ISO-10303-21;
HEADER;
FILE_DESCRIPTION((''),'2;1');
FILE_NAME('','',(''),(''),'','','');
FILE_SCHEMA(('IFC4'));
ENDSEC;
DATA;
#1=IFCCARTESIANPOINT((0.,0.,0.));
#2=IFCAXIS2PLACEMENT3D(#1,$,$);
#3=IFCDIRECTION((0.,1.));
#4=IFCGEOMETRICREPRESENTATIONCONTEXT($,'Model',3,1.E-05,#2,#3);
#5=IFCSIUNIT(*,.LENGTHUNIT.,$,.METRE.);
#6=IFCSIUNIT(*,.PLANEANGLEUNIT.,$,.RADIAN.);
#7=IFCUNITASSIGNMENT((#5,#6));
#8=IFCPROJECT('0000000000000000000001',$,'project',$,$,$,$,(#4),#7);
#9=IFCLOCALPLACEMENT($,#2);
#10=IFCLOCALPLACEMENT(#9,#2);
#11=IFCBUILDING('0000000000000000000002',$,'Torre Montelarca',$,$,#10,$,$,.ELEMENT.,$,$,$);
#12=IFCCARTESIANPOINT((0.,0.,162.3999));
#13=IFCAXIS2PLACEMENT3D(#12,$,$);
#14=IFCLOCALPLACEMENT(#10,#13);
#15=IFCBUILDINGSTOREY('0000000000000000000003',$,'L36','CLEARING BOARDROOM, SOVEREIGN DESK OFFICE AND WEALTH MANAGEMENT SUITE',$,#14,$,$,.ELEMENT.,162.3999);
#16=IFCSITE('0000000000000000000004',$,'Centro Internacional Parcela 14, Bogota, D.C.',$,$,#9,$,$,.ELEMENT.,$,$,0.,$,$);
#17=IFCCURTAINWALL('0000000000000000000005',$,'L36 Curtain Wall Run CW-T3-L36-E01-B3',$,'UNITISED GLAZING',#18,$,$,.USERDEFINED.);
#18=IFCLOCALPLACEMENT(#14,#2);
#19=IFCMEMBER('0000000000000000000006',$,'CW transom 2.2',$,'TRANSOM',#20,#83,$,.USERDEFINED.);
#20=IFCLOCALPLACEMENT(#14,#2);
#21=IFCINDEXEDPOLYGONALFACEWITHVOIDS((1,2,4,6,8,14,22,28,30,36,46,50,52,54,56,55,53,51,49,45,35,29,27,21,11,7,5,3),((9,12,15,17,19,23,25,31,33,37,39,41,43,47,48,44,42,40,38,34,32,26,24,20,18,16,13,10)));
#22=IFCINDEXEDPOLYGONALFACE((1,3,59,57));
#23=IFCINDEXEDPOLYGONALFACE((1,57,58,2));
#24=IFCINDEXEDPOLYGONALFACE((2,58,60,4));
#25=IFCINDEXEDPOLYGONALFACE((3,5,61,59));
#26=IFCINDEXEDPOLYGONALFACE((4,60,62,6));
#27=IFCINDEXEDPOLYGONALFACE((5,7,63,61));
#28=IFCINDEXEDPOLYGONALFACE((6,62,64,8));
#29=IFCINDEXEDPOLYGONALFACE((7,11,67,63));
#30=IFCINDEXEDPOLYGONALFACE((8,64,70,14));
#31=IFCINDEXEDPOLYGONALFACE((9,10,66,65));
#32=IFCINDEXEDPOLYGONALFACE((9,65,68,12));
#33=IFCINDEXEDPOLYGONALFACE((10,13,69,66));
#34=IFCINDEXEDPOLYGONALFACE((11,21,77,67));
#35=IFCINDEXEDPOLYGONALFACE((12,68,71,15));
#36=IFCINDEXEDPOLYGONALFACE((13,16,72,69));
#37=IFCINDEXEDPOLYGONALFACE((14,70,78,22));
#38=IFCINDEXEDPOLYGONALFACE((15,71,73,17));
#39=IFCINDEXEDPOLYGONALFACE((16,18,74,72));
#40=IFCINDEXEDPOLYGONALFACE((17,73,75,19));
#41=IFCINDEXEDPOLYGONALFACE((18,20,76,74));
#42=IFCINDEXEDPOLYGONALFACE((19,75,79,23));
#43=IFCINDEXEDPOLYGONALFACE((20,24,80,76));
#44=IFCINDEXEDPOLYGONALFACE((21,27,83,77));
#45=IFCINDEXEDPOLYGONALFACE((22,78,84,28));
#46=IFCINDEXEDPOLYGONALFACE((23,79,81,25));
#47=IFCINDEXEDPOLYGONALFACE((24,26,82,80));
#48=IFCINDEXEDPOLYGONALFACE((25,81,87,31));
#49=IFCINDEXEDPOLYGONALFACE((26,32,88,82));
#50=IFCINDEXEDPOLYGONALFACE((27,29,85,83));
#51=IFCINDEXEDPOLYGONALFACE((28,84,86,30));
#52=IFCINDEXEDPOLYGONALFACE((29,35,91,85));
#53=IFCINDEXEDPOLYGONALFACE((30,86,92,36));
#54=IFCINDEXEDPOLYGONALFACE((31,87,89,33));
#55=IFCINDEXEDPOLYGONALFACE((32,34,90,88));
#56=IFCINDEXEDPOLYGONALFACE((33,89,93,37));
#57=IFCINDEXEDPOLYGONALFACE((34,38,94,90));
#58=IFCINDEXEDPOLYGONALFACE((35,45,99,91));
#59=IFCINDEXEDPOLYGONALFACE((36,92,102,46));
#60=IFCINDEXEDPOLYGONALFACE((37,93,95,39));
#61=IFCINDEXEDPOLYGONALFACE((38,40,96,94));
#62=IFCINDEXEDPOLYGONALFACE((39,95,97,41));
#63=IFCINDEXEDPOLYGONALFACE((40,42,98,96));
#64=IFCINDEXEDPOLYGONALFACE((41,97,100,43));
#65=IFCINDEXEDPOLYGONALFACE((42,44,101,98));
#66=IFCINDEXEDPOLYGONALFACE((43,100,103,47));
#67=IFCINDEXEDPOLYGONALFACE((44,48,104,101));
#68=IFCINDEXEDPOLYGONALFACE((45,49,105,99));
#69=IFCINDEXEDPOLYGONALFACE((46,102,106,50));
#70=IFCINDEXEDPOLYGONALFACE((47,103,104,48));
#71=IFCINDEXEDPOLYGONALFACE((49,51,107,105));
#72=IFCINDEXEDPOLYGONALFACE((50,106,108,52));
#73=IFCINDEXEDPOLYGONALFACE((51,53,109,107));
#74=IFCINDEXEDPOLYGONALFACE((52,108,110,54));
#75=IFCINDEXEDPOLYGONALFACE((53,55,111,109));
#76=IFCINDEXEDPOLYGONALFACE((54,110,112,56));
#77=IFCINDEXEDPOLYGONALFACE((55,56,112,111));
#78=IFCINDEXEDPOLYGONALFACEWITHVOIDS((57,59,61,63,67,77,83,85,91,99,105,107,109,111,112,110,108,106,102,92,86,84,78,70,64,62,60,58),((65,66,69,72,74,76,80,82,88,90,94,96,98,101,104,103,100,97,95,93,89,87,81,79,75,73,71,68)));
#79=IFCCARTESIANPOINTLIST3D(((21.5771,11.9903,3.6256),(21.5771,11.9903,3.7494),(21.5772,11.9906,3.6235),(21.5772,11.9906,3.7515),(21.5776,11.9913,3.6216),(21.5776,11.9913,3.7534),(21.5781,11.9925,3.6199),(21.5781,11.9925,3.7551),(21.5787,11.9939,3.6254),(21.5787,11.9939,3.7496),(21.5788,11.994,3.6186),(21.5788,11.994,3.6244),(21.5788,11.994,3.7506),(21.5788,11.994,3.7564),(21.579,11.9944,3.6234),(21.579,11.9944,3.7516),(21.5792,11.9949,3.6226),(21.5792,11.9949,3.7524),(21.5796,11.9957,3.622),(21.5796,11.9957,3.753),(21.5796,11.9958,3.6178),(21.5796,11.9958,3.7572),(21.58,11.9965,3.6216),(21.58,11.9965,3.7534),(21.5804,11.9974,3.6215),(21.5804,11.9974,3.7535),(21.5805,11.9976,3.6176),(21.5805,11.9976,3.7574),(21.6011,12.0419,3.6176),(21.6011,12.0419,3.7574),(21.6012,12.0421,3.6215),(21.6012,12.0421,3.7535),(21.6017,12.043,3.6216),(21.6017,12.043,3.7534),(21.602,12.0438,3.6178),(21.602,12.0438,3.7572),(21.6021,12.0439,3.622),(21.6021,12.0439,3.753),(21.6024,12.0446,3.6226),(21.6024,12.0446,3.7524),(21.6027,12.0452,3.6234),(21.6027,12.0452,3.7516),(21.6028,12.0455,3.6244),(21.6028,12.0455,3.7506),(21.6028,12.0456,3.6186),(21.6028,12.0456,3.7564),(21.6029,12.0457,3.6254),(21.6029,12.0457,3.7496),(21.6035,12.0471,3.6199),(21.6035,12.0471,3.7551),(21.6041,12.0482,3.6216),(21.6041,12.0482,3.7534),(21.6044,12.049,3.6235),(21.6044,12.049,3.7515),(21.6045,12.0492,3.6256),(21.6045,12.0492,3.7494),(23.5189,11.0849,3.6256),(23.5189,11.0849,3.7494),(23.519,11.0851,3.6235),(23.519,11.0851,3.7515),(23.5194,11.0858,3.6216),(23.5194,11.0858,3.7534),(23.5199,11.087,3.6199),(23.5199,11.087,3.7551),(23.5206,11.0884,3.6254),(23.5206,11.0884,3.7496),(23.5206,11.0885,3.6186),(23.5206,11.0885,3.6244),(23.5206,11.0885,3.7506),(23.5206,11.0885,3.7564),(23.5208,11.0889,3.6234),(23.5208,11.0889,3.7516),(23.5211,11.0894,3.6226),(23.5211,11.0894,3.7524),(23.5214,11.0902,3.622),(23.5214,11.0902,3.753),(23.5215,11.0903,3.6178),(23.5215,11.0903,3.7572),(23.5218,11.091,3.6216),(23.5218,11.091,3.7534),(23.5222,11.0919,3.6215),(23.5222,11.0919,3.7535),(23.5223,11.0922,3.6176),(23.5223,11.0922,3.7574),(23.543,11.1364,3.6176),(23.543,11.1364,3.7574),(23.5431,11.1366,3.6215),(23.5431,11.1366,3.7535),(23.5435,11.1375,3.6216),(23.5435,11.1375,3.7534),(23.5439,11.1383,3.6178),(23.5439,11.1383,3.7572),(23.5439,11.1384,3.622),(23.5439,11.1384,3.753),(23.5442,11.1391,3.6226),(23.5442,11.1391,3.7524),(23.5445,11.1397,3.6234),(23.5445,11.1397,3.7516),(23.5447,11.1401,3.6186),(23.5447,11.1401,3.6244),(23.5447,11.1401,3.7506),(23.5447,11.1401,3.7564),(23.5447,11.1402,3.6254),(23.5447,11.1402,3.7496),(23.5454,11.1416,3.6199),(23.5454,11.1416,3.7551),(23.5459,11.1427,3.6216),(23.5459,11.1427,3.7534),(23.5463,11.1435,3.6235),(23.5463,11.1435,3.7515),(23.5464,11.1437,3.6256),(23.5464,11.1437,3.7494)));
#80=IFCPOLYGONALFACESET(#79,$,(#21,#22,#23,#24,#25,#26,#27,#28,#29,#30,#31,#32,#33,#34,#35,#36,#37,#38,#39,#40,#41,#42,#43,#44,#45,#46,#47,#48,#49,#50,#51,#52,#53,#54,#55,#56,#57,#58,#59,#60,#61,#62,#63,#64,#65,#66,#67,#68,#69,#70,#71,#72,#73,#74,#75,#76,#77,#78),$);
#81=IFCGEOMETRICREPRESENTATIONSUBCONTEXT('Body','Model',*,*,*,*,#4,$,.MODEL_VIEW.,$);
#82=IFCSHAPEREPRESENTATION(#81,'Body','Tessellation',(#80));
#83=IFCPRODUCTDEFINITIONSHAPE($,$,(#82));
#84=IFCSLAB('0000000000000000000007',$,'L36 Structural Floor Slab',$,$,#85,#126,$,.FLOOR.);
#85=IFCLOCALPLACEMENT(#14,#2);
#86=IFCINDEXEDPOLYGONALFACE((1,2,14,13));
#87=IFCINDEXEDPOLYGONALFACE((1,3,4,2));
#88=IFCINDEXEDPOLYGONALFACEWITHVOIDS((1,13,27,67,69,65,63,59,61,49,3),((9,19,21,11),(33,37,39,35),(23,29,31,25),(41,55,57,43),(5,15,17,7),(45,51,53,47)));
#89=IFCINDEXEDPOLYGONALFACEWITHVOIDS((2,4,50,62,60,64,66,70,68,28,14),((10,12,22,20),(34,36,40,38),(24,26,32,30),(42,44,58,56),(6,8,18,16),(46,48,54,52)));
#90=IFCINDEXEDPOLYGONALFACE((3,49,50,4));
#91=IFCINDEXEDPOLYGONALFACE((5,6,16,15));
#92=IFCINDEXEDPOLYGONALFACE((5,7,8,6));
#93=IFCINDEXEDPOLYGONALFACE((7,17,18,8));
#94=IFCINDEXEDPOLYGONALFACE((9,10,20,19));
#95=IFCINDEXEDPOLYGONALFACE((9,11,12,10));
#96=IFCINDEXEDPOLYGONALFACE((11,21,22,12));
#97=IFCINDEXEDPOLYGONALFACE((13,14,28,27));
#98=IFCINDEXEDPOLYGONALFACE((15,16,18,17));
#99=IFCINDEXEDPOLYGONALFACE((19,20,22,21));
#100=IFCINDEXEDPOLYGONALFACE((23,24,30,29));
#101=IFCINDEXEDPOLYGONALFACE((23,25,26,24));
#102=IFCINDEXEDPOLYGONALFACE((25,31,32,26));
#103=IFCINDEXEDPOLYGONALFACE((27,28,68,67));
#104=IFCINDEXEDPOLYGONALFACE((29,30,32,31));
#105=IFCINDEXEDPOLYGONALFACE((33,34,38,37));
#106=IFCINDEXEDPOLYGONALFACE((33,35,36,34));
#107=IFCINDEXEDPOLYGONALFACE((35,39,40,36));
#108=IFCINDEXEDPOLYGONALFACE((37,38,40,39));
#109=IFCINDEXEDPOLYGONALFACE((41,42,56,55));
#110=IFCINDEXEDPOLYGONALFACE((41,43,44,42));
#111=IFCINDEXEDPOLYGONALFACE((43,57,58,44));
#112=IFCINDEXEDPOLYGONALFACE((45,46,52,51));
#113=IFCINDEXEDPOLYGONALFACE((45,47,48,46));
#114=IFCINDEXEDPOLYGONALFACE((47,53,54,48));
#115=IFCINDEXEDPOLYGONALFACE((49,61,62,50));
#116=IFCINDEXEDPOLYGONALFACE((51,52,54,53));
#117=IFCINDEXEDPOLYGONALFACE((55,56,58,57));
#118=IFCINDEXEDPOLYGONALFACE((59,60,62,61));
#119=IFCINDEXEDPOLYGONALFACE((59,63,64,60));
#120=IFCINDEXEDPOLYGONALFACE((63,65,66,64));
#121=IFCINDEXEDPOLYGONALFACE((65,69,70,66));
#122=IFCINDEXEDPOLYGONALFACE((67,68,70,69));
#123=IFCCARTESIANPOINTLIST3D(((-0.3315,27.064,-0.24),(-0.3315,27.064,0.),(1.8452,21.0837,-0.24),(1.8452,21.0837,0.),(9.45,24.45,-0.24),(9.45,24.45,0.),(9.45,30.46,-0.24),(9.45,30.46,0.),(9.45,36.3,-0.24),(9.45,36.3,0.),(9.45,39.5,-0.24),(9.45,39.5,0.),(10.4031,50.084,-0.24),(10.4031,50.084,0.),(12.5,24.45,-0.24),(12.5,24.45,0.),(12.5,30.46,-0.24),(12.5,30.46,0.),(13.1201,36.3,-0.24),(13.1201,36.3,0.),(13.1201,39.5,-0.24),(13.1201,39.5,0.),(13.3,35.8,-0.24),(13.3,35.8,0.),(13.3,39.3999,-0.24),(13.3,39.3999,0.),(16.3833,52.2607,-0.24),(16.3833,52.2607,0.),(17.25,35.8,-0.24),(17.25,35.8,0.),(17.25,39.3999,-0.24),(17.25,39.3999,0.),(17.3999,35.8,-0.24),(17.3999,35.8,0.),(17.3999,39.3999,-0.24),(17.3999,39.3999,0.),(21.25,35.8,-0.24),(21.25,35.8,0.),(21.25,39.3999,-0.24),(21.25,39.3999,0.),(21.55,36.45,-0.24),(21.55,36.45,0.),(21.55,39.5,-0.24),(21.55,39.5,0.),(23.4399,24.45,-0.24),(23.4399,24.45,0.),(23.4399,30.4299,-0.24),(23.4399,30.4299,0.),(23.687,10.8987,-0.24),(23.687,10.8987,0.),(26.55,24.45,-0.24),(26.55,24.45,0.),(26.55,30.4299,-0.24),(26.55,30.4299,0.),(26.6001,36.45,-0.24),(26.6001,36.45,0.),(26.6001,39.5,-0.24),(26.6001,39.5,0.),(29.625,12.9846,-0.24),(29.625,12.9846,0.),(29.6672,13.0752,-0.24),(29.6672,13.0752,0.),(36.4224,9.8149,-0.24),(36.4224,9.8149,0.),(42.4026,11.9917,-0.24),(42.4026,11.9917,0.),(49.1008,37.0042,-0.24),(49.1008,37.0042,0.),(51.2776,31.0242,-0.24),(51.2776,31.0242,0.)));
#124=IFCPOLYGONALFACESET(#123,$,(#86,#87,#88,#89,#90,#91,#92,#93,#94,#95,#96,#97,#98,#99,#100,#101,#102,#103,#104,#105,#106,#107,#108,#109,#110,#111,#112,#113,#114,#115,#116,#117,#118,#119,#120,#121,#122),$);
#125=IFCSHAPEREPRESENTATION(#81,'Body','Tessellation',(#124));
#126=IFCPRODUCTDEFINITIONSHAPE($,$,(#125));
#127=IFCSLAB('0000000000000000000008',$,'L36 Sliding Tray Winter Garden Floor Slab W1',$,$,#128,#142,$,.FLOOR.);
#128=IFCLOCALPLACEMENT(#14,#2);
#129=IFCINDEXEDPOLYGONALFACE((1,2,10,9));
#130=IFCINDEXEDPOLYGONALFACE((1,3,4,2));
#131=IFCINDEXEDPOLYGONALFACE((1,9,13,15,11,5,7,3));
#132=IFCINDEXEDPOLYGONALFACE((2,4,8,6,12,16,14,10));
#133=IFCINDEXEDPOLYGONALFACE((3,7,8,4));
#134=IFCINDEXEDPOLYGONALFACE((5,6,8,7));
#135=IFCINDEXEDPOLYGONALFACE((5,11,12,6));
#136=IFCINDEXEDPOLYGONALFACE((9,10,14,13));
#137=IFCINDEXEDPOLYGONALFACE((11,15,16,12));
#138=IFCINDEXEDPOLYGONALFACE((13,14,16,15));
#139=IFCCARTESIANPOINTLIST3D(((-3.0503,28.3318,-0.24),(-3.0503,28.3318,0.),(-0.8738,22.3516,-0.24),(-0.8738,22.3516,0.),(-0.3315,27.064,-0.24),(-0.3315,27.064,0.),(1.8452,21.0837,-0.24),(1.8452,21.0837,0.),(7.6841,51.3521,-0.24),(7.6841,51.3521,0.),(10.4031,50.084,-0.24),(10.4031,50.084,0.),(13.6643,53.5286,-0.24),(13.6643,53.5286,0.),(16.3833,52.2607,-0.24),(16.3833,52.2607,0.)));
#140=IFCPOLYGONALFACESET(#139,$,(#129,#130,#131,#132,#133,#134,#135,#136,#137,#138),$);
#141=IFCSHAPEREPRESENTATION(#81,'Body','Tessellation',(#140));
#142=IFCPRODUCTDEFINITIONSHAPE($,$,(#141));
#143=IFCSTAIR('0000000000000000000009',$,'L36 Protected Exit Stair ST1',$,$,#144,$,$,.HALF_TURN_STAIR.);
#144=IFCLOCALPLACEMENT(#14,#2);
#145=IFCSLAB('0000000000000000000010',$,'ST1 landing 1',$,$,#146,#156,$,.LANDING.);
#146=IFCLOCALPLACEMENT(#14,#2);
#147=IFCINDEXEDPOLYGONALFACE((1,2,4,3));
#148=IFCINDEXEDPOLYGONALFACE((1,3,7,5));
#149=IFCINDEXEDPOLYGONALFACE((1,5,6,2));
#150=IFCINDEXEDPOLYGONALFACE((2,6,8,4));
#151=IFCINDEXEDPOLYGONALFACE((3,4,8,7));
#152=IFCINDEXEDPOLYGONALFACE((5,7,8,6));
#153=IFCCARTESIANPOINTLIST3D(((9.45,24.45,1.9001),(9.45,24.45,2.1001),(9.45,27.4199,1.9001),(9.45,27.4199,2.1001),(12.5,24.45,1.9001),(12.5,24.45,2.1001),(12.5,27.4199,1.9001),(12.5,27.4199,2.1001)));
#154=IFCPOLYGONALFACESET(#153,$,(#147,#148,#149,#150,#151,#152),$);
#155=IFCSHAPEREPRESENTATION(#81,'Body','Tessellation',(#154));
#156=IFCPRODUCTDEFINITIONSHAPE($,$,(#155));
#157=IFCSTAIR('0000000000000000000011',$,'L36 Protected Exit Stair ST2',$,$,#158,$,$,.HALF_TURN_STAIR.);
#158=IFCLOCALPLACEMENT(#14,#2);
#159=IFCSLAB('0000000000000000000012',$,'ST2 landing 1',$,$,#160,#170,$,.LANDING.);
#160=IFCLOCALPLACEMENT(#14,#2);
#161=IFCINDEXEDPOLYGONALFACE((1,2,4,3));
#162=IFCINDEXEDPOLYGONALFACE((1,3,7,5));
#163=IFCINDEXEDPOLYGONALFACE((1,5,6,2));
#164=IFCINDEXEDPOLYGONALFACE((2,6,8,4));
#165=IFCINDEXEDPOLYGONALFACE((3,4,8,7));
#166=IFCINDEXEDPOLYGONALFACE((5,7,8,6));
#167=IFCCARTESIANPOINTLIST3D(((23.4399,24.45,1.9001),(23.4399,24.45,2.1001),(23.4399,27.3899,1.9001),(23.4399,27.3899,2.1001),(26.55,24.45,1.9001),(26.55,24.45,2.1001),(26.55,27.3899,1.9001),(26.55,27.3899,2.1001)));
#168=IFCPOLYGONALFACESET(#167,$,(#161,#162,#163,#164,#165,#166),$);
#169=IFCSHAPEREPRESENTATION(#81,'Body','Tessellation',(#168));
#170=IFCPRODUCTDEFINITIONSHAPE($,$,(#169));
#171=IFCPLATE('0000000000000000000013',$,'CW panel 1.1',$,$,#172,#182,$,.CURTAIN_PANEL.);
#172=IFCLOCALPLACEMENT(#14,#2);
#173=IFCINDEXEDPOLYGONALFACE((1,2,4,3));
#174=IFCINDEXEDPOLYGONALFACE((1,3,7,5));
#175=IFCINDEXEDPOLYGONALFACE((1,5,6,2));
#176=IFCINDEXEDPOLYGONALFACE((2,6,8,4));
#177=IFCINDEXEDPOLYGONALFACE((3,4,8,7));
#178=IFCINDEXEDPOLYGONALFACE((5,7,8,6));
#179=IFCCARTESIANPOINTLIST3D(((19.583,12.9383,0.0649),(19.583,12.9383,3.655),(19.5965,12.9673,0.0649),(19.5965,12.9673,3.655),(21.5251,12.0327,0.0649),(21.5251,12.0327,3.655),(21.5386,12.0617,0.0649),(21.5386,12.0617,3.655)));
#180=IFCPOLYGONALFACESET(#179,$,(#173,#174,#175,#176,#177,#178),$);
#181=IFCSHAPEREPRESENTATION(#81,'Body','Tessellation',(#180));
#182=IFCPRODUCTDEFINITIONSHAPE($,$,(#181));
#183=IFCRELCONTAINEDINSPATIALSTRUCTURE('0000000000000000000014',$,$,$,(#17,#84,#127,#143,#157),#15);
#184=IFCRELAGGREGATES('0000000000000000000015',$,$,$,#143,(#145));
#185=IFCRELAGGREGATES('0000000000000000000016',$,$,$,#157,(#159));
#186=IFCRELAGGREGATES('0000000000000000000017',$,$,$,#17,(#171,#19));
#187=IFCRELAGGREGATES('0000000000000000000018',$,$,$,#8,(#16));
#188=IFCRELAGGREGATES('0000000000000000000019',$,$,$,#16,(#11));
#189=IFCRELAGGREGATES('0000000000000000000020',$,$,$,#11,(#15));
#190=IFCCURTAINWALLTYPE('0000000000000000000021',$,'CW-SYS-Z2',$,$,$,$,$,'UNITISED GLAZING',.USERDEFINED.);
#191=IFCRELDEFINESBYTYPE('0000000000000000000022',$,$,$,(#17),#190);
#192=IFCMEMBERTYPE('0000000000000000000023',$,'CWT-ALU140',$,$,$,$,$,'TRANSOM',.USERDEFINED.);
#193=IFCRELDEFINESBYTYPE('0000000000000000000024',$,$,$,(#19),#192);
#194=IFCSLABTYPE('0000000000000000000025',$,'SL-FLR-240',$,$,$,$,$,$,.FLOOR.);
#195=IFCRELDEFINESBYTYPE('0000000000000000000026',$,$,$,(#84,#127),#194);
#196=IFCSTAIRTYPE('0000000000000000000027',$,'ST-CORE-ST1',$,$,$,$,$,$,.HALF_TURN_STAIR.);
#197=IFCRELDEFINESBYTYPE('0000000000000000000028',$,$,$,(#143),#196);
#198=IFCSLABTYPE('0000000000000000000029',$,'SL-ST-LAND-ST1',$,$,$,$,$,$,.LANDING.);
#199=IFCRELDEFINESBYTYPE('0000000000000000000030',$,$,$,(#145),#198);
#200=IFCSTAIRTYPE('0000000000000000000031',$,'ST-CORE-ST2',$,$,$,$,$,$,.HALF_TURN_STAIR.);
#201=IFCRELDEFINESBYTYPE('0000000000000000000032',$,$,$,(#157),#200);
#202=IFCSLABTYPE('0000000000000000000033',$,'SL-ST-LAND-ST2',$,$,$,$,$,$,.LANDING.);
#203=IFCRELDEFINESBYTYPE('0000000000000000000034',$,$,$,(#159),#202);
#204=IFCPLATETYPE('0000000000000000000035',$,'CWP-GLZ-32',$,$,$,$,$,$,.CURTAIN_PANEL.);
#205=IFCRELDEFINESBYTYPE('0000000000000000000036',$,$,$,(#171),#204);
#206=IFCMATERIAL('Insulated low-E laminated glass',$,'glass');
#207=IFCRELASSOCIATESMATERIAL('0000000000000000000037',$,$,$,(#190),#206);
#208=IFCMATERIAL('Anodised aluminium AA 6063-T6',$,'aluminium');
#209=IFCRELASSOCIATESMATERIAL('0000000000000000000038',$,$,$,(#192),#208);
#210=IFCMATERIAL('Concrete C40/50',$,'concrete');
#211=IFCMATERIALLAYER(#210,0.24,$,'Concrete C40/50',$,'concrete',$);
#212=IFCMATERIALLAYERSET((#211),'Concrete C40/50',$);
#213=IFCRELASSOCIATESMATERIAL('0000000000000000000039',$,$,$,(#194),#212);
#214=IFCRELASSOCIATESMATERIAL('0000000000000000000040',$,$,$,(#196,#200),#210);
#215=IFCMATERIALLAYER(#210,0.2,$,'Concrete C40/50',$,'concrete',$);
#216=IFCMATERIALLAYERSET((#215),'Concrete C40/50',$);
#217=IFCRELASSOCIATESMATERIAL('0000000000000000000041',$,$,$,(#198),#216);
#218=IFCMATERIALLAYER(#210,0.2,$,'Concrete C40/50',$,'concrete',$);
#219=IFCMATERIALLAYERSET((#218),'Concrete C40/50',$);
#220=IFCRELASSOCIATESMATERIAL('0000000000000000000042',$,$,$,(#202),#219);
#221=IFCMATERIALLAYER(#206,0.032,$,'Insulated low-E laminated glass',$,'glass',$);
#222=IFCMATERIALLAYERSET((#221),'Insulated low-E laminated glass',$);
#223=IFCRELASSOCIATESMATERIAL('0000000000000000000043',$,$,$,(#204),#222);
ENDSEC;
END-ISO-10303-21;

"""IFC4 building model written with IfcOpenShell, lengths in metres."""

from ifc_helpers import new_model, si_unit, direction, frame, origin, origin_2d, place, context, subcontext, project, spatial, polyline, rectangle, hollow_rectangle, outline, extrude, source, transform, mapped, material, layer, layer_set, material_profile, profile_set, type_object, element, aggregate, save


model = new_model("IFC4")

# Units and contexts
model_context = context("Model", 3, precision=1e-05, world=origin(), true_north=direction((0.0, 1.0)))
body_context = subcontext(model_context, "Body", "Model", "MODEL_VIEW")
ifc_project = project(units=[si_unit("LENGTHUNIT", "METRE"), si_unit("PLANEANGLEUNIT", "RADIAN")], contexts=[model_context])

# Site, building, storey
site_placement = place(None, origin())
site = spatial("IfcSite", under=ifc_project, at=site_placement, Name="Centro Internacional Parcela 14, Bogota, D.C.", CompositionType="ELEMENT", RefElevation=0.0)
building_placement = place(site_placement, origin())
building = spatial("IfcBuilding", under=site, at=building_placement, Name="Torre Montelarca", CompositionType="ELEMENT")
storey_placement = place(building_placement, frame((0.0, 0.0, 162.3999)))
storey = spatial("IfcBuildingStorey", under=building, at=storey_placement, Name="L36", Description="CLEARING BOARDROOM, SOVEREIGN DESK OFFICE AND WEALTH MANAGEMENT SUITE", CompositionType="ELEMENT", Elevation=162.3999)

# Curtain wall
ifc_material_1 = material(Name="Insulated low-E laminated glass", Category="glass")
curtain_wall_type = type_object("IfcCurtainWallType", Name="CW-SYS-Z2", ElementType="UNITISED GLAZING", PredefinedType="USERDEFINED", material=ifc_material_1)
ifc_material_2 = material(Name="Anodised aluminium AA 6063-T6", Category="aluminium")
curtain_wall_1_placement = place(storey_placement, origin())
curtain_wall_1 = element("IfcCurtainWall", 1, at=curtain_wall_1_placement, inside=storey, type_object=curtain_wall_type, Name="L36 Curtain Wall Run CW-T3-L36-E01-B3", ObjectType="UNITISED GLAZING", PredefinedType="USERDEFINED")

# Member
ifc_material_profile_1 = material_profile(ifc_material_2, hollow_rectangle(XDim=0.0649, YDim=0.1399, WallThickness=0.0039, InnerFilletRadius=0.0039, OuterFilletRadius=0.0081, at=origin_2d()), Name="ALU65X140X4", Category="aluminium")
ifc_profile_set_1 = profile_set([ifc_material_profile_1], Name="Anodised aluminium AA 6063-T6")
member_type_1 = type_object("IfcMemberType", Name="CWT-ALU140", ElementType="TRANSOM", PredefinedType="USERDEFINED", material=ifc_profile_set_1)
shared_shape_1 = source(origin(), body_context, "Body", "SweptSolid", [
    extrude(hollow_rectangle(XDim=0.0649, YDim=0.1399, WallThickness=0.0039, InnerFilletRadius=0.0039, OuterFilletRadius=0.0081, at=origin_2d()), origin(), (0.0, 0.0, 1.0), 2.1426),
])
member_1_placement = place(storey_placement, frame((21.5908, 12.0198, 3.6875), z_axis=(0.906308, -0.422617, 0.0), x_axis=(0.422617, 0.906308, 0.0)))
member_1 = element("IfcMember", 2, at=member_1_placement, type_object=member_type_1, Name="CW transom 2.2", ObjectType="TRANSOM", PredefinedType="USERDEFINED", context=body_context, shape_type="MappedRepresentation", body=[
    mapped(shared_shape_1, transform((0.0, 0.0, 0.0), scale=1.0)),
])

# Slabs
ifc_material_3 = material(Name="Concrete C40/50", Category="concrete")
ifc_layer_1 = layer(ifc_material_3, 0.24, Name="Concrete C40/50", Category="concrete")
ifc_layer_set_1 = layer_set([ifc_layer_1], Name="Concrete C40/50")
slab_type_1 = type_object("IfcSlabType", Name="SL-FLR-240", PredefinedType="FLOOR", material=ifc_layer_set_1)
slab_1_placement = place(storey_placement, frame((0.0, 0.0, -0.24)))
element("IfcSlab", 3, at=slab_1_placement, inside=storey, type_object=slab_type_1, Name="L36 Structural Floor Slab", PredefinedType="FLOOR", context=body_context, shape_type="SweptSolid", body=[
    extrude(outline(polyline([(23.687, 10.8987), (29.6672, 13.0752), (29.625, 12.9846), (36.4224, 9.8149), (42.4026, 11.9917), (51.2776, 31.0242), (49.1008, 37.0042), (16.3833, 52.2607), (10.4031, 50.084), (-0.3315, 27.064), (1.8452, 21.0837), (23.687, 10.8987)]), holes=[polyline([(26.55, 24.45), (23.4399, 24.45), (23.4399, 30.4299), (26.55, 30.4299), (26.55, 24.45)]), polyline([(9.45, 24.45), (9.45, 30.46), (12.5, 30.46), (12.5, 24.45), (9.45, 24.45)]), polyline([(17.25, 35.8), (13.3, 35.8), (13.3, 39.3999), (17.25, 39.3999), (17.25, 35.8)]), polyline([(21.25, 39.3999), (21.25, 35.8), (17.3999, 35.8), (17.3999, 39.3999), (21.25, 39.3999)]), polyline([(13.1201, 36.3), (9.45, 36.3), (9.45, 39.5), (13.1201, 39.5), (13.1201, 36.3)]), polyline([(26.6001, 36.45), (21.55, 36.45), (21.55, 39.5), (26.6001, 39.5), (26.6001, 36.45)])]), origin(), (0.0, 0.0, 1.0), 0.24),
])
slab_2_placement = place(storey_placement, frame((0.0, 0.0, -0.24)))
element("IfcSlab", 4, at=slab_2_placement, inside=storey, type_object=slab_type_1, Name="L36 Sliding Tray Winter Garden Floor Slab W1", PredefinedType="FLOOR", context=body_context, shape_type="SweptSolid", body=[
    extrude(outline(polyline([(1.8452, 21.0837), (-0.3315, 27.064), (10.4031, 50.084), (16.3833, 52.2607), (13.6643, 53.5286), (7.6841, 51.3521), (-3.0503, 28.3318), (-0.8738, 22.3516), (1.8452, 21.0837)])), origin(), (0.0, 0.0, 1.0), 0.24),
])

# Stairs, slabs
stair_type_1 = type_object("IfcStairType", Name="ST-CORE-ST1", PredefinedType="HALF_TURN_STAIR", material=ifc_material_3)
stair_1_placement = place(storey_placement, origin())
stair_1 = element("IfcStair", 5, at=stair_1_placement, inside=storey, type_object=stair_type_1, Name="L36 Protected Exit Stair ST1", PredefinedType="HALF_TURN_STAIR")
ifc_layer_2 = layer(ifc_material_3, 0.2, Name="Concrete C40/50", Category="concrete")
ifc_layer_set_2 = layer_set([ifc_layer_2], Name="Concrete C40/50")
slab_type_2 = type_object("IfcSlabType", Name="SL-ST-LAND-ST1", PredefinedType="LANDING", material=ifc_layer_set_2)
slab_3_placement = place(storey_placement, frame((0.0, 0.0, 1.9001)))
slab_3 = element("IfcSlab", 6, at=slab_3_placement, type_object=slab_type_2, Name="ST1 landing 1", PredefinedType="LANDING", context=body_context, shape_type="SweptSolid", body=[
    extrude(outline(polyline([(9.45, 27.4199), (9.45, 24.45), (12.5, 24.45), (12.5, 27.4199), (9.45, 27.4199)])), origin(), (0.0, 0.0, 1.0), 0.2),
])
aggregate(stair_1, [slab_3])
stair_type_2 = type_object("IfcStairType", Name="ST-CORE-ST2", PredefinedType="HALF_TURN_STAIR", material=ifc_material_3)
stair_2_placement = place(storey_placement, origin())
stair_2 = element("IfcStair", 7, at=stair_2_placement, inside=storey, type_object=stair_type_2, Name="L36 Protected Exit Stair ST2", PredefinedType="HALF_TURN_STAIR")
ifc_layer_3 = layer(ifc_material_3, 0.2, Name="Concrete C40/50", Category="concrete")
ifc_layer_set_3 = layer_set([ifc_layer_3], Name="Concrete C40/50")
slab_type_3 = type_object("IfcSlabType", Name="SL-ST-LAND-ST2", PredefinedType="LANDING", material=ifc_layer_set_3)
slab_4_placement = place(storey_placement, frame((0.0, 0.0, 1.9001)))
slab_4 = element("IfcSlab", 8, at=slab_4_placement, type_object=slab_type_3, Name="ST2 landing 1", PredefinedType="LANDING", context=body_context, shape_type="SweptSolid", body=[
    extrude(outline(polyline([(23.4399, 27.3899), (23.4399, 24.45), (26.55, 24.45), (26.55, 27.3899), (23.4399, 27.3899)])), origin(), (0.0, 0.0, 1.0), 0.2),
])
aggregate(stair_2, [slab_4])

# Plate
ifc_layer_4 = layer(ifc_material_1, 0.032, Name="Insulated low-E laminated glass", Category="glass")
ifc_layer_set_4 = layer_set([ifc_layer_4], Name="Insulated low-E laminated glass")
plate_type = type_object("IfcPlateType", Name="CWP-GLZ-32", PredefinedType="CURTAIN_PANEL", material=ifc_layer_set_4)
shared_shape_2 = source(origin(), body_context, "Body", "SweptSolid", [
    extrude(rectangle(XDim=2.1428, YDim=0.032, at=origin_2d()), origin(), (0.0, 0.0, 1.0), 3.5901),
])
plate_1_placement = place(storey_placement, frame((20.5608, 12.5, 0.0649), z_axis=(0.0, 0.0, 1.0), x_axis=(0.906315, -0.422603, 0.0)))
plate_1 = element("IfcPlate", 9, at=plate_1_placement, type_object=plate_type, Name="CW panel 1.1", PredefinedType="CURTAIN_PANEL", context=body_context, shape_type="MappedRepresentation", body=[
    mapped(shared_shape_2, transform((0.0, 0.0, 0.0), scale=1.0)),
])
aggregate(curtain_wall_1, [plate_1, member_1])

save(model, "model.ifc")
